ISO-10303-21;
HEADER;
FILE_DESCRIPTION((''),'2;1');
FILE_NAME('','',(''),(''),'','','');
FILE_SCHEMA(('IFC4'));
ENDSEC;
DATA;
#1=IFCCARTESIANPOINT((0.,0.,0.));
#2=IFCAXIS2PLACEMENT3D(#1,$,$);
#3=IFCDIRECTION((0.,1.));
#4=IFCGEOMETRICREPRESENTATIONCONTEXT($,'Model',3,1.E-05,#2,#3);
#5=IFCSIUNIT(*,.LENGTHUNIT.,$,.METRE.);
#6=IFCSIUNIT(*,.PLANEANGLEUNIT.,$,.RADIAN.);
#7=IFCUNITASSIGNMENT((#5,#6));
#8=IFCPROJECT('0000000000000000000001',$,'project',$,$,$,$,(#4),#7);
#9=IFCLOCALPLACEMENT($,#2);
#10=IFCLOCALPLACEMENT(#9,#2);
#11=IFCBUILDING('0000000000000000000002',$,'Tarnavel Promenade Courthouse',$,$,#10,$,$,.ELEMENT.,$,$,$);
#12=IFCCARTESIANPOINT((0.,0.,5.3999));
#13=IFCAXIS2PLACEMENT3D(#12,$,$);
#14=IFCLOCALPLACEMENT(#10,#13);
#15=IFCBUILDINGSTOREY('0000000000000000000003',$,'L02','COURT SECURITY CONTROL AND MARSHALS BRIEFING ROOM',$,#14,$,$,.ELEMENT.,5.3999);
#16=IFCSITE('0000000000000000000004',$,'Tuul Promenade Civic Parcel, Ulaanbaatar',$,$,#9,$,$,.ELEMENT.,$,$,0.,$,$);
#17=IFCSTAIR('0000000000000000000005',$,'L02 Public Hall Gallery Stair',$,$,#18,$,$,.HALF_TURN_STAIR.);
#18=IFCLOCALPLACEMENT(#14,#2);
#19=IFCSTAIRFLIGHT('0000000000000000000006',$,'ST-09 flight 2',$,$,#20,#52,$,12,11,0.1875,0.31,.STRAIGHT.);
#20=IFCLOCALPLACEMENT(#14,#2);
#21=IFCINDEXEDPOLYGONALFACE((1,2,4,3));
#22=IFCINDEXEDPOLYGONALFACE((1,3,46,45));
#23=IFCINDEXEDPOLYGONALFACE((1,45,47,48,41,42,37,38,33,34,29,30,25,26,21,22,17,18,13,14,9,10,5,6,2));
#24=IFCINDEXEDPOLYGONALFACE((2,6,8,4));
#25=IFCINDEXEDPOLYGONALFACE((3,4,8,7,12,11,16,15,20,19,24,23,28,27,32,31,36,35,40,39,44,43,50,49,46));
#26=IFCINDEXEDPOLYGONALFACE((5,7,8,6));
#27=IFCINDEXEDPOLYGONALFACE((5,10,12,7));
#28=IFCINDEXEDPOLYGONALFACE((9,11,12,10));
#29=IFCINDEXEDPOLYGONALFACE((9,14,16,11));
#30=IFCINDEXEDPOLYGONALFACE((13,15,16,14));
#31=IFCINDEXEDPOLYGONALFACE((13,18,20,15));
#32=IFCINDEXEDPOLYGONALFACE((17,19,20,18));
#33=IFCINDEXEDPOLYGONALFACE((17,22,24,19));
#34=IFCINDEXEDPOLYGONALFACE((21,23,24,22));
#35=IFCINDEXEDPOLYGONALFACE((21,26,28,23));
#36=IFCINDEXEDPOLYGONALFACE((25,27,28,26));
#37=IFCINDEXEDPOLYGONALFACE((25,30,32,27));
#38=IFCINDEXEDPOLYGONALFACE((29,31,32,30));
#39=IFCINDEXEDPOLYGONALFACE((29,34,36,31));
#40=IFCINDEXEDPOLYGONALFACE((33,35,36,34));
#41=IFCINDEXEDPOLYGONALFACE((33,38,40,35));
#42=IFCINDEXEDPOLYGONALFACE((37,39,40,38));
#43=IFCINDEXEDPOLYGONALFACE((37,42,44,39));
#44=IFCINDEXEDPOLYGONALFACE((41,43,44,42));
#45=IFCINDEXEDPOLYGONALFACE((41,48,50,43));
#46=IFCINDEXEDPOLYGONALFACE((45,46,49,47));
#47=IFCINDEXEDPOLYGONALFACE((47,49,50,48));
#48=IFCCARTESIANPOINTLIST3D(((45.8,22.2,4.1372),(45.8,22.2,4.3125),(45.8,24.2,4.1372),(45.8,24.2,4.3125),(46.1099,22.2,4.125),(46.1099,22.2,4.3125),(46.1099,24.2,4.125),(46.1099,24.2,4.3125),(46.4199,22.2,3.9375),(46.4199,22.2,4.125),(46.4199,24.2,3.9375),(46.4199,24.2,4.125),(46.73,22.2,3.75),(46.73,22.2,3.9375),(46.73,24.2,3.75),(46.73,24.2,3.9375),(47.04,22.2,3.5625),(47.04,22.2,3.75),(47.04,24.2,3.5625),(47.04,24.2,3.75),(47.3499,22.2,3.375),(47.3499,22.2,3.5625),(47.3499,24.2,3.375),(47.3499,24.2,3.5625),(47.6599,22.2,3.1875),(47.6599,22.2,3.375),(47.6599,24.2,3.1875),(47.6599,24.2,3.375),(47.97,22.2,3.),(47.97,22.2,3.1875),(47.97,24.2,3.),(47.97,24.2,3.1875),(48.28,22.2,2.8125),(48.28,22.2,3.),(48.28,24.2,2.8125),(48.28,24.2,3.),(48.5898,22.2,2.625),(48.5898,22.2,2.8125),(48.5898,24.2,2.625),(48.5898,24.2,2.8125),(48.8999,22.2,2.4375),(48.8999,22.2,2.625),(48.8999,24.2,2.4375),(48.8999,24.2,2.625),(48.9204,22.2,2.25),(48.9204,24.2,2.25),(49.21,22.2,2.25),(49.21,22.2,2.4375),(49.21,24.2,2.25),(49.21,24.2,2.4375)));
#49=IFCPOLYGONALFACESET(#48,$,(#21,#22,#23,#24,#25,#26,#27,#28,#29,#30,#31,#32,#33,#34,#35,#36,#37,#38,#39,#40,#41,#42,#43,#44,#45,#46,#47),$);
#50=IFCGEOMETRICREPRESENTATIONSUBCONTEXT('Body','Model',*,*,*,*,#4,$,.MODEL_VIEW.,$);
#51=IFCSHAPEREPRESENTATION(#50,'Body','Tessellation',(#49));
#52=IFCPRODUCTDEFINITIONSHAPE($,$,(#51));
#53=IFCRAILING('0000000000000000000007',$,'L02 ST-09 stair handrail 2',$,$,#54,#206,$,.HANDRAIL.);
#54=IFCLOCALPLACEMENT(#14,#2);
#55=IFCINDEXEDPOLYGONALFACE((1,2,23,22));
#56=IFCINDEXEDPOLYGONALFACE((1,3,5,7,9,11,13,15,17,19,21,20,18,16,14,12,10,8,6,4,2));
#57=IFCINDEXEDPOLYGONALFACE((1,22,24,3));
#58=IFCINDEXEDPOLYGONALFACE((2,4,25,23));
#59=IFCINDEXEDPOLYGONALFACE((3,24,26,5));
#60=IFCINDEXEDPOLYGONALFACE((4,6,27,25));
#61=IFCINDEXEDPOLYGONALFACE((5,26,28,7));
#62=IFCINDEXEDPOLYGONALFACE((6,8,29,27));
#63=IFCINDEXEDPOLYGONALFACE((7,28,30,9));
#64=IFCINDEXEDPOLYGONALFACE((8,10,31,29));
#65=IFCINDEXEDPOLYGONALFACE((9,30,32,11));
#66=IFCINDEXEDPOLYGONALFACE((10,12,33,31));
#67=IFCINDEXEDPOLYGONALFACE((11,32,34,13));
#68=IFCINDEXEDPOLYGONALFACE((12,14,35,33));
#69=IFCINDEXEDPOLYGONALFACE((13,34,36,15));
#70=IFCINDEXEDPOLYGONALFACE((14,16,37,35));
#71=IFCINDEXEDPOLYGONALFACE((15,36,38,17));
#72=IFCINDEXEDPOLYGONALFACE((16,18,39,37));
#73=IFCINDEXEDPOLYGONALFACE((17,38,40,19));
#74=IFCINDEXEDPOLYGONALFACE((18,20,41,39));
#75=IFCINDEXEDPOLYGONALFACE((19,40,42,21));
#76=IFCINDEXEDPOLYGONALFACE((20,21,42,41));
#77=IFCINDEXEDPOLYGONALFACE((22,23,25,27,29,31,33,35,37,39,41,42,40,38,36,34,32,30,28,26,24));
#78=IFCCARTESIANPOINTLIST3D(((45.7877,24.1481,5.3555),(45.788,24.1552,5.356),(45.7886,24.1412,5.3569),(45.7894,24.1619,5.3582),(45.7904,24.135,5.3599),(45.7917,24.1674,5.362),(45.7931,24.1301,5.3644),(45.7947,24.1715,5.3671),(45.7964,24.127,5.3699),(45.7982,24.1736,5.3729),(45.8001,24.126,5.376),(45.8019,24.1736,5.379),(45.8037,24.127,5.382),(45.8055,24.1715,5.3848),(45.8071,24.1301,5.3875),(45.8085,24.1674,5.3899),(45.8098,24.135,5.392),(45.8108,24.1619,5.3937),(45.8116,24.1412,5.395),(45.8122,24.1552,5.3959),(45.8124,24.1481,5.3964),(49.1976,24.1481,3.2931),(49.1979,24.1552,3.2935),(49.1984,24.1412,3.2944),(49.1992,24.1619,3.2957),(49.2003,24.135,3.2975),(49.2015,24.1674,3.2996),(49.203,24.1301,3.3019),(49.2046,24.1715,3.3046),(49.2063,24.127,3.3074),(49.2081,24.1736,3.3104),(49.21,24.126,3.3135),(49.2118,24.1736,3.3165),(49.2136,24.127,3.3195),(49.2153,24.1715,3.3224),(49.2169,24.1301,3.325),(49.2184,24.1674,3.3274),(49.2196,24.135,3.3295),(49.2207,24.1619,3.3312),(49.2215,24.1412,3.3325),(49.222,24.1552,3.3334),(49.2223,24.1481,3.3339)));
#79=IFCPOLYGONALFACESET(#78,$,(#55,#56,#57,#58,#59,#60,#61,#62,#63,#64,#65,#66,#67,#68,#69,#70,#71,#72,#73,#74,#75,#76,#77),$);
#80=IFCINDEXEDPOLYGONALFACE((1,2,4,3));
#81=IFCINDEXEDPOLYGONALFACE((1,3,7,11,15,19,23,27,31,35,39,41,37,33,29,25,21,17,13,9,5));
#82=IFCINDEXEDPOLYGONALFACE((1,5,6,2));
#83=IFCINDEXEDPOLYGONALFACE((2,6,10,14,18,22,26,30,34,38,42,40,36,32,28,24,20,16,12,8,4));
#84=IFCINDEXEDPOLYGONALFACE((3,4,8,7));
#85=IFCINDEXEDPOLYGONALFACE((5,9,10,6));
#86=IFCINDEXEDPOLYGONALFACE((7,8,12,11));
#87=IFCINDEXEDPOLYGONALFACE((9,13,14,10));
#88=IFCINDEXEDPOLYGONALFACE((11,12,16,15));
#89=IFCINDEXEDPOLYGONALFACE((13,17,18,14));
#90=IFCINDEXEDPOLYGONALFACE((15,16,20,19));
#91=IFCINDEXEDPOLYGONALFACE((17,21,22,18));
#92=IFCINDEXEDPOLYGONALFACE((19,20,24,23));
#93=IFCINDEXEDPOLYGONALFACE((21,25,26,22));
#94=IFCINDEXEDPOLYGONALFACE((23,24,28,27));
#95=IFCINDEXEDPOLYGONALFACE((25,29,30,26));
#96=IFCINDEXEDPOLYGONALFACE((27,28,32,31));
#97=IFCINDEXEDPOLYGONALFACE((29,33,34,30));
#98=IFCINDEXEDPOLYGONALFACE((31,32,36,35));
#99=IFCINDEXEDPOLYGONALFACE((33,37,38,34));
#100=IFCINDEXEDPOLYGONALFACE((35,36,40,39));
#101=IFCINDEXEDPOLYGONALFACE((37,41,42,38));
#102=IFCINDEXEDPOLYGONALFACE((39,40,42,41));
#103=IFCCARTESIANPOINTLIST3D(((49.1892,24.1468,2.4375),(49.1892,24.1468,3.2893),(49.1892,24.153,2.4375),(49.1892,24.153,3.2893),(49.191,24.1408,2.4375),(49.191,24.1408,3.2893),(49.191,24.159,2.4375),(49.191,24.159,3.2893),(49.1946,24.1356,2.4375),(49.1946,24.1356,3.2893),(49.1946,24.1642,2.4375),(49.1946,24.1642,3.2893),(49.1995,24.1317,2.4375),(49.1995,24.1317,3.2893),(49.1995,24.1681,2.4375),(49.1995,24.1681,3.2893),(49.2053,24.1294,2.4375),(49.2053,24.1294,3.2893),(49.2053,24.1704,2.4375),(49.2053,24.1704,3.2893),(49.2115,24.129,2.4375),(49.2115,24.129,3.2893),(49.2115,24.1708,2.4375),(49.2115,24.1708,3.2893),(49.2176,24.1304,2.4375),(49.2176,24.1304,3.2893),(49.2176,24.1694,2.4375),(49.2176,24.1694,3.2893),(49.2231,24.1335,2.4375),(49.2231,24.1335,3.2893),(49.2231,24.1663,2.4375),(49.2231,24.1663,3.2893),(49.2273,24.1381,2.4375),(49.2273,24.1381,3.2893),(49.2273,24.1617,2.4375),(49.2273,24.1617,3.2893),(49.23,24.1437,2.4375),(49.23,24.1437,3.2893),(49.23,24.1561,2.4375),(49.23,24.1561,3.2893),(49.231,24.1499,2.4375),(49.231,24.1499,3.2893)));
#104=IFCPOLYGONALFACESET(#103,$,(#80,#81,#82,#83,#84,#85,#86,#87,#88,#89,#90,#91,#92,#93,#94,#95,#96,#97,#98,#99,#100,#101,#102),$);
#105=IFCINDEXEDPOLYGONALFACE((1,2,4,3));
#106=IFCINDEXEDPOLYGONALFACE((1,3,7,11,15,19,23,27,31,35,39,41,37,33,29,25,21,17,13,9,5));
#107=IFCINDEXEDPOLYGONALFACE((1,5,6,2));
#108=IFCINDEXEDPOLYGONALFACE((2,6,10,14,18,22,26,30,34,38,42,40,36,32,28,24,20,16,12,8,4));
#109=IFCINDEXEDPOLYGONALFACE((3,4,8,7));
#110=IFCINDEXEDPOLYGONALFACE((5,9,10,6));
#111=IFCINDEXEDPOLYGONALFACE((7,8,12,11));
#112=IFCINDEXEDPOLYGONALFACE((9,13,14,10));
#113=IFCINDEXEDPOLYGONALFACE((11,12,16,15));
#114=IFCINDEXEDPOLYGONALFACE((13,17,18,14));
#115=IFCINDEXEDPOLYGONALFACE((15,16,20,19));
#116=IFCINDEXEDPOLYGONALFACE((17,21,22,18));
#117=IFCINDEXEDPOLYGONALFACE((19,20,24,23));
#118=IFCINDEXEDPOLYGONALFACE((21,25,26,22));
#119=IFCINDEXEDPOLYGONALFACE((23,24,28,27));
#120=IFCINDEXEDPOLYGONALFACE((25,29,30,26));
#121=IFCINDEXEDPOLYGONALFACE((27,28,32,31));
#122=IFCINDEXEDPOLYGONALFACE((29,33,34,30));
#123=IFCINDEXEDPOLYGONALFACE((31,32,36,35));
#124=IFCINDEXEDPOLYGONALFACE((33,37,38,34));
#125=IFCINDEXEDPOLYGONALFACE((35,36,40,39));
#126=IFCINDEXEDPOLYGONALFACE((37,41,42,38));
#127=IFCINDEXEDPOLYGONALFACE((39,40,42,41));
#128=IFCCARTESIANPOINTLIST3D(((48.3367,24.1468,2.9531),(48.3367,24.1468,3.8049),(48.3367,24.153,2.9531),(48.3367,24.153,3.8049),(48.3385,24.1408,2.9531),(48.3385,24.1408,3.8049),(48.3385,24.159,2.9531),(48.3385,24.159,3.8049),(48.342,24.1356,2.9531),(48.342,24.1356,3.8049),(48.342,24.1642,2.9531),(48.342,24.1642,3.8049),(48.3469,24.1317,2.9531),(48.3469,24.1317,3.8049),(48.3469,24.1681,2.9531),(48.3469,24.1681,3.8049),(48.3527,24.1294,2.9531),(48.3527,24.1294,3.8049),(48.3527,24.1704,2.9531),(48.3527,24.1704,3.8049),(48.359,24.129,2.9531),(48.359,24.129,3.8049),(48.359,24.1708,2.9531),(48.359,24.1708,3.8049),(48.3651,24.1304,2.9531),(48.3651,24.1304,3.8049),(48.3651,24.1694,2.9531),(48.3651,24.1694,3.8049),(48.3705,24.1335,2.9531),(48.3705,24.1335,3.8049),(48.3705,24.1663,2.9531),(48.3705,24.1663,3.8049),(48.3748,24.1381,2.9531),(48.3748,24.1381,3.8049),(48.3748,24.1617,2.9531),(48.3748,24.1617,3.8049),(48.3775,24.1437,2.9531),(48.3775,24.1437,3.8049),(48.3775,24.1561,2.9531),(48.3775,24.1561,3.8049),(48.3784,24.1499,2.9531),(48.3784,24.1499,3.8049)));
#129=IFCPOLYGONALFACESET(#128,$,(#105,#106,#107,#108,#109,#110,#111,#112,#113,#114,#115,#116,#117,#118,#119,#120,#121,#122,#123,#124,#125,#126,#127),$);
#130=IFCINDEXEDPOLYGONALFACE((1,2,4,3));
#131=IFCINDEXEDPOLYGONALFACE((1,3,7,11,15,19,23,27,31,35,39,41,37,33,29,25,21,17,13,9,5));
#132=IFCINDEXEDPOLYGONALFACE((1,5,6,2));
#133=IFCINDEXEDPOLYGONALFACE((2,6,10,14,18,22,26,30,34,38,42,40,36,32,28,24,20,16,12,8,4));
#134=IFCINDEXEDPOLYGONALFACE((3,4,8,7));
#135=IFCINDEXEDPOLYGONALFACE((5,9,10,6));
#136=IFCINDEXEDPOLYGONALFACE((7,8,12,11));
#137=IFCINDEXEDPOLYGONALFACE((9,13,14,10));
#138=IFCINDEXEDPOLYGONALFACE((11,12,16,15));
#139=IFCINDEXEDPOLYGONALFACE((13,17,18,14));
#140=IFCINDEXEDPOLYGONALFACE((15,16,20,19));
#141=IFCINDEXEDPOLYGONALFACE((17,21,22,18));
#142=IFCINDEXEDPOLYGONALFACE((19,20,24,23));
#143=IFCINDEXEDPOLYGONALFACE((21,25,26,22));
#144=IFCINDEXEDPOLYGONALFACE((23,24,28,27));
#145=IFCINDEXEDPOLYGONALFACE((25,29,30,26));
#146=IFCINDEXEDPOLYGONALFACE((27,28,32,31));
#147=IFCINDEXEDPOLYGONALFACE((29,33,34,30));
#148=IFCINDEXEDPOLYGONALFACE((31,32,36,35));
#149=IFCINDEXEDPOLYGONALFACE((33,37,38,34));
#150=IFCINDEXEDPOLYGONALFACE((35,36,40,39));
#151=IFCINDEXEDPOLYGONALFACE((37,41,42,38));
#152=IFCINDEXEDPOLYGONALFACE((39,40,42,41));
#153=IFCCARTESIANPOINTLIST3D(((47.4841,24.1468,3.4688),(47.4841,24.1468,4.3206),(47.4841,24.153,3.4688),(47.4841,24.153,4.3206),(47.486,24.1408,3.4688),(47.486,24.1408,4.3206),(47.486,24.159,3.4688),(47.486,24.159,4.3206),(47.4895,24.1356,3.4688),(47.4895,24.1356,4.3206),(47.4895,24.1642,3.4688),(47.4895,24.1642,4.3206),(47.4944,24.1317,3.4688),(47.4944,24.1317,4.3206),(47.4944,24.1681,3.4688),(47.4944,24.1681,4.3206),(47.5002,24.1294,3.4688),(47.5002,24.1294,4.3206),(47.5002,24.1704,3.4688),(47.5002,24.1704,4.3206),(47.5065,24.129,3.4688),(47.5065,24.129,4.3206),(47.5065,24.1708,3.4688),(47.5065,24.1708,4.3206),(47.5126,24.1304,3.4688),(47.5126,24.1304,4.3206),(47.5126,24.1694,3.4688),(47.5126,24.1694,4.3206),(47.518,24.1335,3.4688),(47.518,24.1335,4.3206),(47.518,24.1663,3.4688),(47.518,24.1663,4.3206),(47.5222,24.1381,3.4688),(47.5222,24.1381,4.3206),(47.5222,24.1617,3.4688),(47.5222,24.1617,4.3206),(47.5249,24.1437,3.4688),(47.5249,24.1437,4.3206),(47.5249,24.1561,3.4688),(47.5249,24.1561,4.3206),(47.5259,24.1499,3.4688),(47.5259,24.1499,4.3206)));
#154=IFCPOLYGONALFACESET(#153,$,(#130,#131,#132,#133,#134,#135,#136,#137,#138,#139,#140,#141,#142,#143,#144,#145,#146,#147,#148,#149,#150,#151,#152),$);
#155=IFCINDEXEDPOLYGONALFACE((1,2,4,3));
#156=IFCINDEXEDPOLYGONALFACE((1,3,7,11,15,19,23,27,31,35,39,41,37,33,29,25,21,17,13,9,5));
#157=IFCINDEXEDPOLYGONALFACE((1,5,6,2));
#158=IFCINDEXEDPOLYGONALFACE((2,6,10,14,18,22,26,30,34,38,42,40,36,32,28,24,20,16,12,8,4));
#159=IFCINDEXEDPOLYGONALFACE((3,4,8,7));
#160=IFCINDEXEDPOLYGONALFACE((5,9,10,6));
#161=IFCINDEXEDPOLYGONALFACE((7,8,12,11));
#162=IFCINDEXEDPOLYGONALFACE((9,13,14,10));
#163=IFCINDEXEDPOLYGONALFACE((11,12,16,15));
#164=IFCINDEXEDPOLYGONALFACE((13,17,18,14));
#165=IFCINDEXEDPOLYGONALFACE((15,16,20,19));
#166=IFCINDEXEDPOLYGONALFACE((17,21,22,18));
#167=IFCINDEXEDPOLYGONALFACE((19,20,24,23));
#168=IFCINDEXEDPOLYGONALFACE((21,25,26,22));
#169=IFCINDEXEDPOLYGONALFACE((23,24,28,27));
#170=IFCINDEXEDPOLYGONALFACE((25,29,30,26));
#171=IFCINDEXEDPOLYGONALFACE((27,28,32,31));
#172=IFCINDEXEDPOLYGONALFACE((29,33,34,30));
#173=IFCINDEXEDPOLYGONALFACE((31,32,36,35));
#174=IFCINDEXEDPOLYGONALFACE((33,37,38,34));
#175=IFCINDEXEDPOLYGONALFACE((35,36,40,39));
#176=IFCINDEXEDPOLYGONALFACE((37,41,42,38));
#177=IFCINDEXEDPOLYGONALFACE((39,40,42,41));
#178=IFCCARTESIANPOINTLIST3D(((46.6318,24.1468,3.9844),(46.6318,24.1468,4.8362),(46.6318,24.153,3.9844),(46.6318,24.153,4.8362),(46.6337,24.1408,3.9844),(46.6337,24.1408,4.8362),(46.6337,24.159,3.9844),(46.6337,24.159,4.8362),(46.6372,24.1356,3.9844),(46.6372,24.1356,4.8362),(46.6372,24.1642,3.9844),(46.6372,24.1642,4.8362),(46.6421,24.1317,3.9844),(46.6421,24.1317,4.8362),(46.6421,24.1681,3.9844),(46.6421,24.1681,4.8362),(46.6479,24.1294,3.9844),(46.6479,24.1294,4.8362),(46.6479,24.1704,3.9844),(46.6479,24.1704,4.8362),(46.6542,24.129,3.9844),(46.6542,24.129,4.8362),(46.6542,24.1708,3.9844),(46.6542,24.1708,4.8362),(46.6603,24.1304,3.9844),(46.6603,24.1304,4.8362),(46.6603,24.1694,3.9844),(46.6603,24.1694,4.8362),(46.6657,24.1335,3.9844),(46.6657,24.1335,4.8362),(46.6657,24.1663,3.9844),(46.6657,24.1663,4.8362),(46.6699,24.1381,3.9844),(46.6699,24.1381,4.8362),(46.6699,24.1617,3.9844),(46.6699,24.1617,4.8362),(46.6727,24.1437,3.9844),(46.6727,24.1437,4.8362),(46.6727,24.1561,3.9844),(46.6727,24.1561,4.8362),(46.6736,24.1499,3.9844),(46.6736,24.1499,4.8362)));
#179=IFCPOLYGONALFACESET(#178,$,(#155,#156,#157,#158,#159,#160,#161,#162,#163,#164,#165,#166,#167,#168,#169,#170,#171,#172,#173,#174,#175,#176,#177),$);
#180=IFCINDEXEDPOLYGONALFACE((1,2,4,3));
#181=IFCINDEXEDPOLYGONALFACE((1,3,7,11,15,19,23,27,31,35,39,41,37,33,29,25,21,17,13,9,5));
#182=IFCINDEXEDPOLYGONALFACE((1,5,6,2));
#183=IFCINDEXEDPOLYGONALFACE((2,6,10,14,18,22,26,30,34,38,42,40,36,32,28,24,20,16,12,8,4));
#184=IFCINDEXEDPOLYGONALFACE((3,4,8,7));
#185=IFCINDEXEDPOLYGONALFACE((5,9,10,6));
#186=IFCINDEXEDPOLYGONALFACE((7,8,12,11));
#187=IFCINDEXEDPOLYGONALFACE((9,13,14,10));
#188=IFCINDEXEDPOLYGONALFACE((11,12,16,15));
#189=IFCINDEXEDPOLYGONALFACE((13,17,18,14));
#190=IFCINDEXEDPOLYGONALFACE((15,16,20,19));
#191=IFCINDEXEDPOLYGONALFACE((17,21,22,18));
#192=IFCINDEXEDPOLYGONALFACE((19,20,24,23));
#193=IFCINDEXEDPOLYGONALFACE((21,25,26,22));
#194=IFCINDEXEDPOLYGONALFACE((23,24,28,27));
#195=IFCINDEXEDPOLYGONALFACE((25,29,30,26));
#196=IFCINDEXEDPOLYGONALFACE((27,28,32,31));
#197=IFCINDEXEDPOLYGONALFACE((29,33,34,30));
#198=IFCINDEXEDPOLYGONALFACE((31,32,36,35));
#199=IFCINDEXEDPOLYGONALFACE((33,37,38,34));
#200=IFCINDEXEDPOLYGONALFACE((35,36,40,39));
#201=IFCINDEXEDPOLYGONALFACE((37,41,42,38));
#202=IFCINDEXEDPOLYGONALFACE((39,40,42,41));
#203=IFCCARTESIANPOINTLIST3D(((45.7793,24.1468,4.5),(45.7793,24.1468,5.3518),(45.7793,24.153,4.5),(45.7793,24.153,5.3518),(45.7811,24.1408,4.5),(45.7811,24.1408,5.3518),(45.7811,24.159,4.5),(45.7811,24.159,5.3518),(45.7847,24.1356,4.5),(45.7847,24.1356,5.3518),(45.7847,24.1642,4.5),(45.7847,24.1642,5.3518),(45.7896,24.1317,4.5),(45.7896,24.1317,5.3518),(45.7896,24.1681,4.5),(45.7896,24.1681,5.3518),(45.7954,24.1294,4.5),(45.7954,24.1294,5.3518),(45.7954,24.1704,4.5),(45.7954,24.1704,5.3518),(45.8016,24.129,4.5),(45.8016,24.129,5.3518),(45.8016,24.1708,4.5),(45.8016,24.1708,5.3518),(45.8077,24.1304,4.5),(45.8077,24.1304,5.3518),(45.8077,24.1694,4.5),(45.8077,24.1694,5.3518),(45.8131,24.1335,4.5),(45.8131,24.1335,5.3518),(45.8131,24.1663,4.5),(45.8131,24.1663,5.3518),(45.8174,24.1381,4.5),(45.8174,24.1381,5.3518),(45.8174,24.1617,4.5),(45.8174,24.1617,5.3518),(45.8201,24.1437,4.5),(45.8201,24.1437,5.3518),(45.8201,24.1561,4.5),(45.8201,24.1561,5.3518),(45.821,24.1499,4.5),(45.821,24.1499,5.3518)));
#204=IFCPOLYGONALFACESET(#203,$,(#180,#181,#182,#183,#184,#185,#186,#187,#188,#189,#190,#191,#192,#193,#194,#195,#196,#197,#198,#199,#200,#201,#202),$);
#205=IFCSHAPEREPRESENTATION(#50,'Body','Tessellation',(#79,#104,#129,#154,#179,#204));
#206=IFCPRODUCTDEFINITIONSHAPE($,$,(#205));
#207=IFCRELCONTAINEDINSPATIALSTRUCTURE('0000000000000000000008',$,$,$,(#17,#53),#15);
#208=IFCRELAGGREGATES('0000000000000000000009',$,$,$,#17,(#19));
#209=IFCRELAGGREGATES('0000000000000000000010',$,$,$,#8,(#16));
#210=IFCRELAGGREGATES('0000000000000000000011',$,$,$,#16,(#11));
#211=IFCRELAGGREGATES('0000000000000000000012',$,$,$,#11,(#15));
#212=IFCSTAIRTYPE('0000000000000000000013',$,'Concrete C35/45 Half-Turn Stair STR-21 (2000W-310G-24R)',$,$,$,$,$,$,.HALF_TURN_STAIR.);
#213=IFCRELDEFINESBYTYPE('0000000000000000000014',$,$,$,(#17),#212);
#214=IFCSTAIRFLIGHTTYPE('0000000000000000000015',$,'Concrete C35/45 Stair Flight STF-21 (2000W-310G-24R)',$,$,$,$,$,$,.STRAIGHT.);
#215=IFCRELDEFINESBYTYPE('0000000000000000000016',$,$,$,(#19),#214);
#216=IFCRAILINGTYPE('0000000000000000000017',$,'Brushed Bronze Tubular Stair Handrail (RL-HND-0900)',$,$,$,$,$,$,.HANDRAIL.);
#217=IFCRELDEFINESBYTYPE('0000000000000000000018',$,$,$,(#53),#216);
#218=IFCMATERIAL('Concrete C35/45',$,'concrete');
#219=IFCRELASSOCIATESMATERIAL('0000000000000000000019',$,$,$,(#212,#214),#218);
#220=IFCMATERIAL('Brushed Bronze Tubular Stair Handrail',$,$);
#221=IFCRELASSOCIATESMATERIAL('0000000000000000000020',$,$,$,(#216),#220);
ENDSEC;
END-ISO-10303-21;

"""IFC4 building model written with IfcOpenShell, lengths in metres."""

from ifc_helpers import new_model, si_unit, direction, frame, origin, origin_2d, place, context, subcontext, project, spatial, polyline, circle, outline, extrude, material, type_object, element, aggregate, save


model = new_model("IFC4")

# Units and contexts
model_context = context("Model", 3, precision=1e-05, world=origin(), true_north=direction((0.0, 1.0)))
body_context = subcontext(model_context, "Body", "Model", "MODEL_VIEW")
ifc_project = project(units=[si_unit("LENGTHUNIT", "METRE"), si_unit("PLANEANGLEUNIT", "RADIAN")], contexts=[model_context])

# Site, building, storey
site_placement = place(None, origin())
site = spatial("IfcSite", under=ifc_project, at=site_placement, Name="Tuul Promenade Civic Parcel, Ulaanbaatar", CompositionType="ELEMENT", RefElevation=0.0)
building_placement = place(site_placement, origin())
building = spatial("IfcBuilding", under=site, at=building_placement, Name="Tarnavel Promenade Courthouse", CompositionType="ELEMENT")
storey_placement = place(building_placement, frame((0.0, 0.0, 5.3999)))
storey = spatial("IfcBuildingStorey", under=building, at=storey_placement, Name="L02", Description="COURT SECURITY CONTROL AND MARSHALS BRIEFING ROOM", CompositionType="ELEMENT", Elevation=5.3999)

# Stair, stair flight
ifc_material_1 = material(Name="Concrete C35/45", Category="concrete")
stair_type = type_object("IfcStairType", Name="Concrete C35/45 Half-Turn Stair STR-21 (2000W-310G-24R)", PredefinedType="HALF_TURN_STAIR", material=ifc_material_1)
stair_placement = place(storey_placement, origin())
stair = element("IfcStair", 1, at=stair_placement, inside=storey, type_object=stair_type, Name="L02 Public Hall Gallery Stair", PredefinedType="HALF_TURN_STAIR")
stair_flight_type = type_object("IfcStairFlightType", Name="Concrete C35/45 Stair Flight STF-21 (2000W-310G-24R)", PredefinedType="STRAIGHT", material=ifc_material_1)
stair_flight_placement = place(storey_placement, frame((49.21, 23.2, 2.25), z_axis=(0.0, 0.0, 1.0), x_axis=(-1.0, 0.0, 0.0)))
stair_flight = element("IfcStairFlight", 2, at=stair_flight_placement, type_object=stair_flight_type, Name="ST-09 flight 2", NumberOfRisers=12, NumberOfTreads=11, PredefinedType="STRAIGHT", RiserHeight=0.1875, TreadLength=0.31, context=body_context, shape_type="SweptSolid", body=[
    extrude(outline(polyline([(0.0, 0.0), (0.0, 0.1875), (0.3101, 0.1875), (0.3101, 0.375), (0.6201, 0.375), (0.6201, 0.5625), (0.9299, 0.5625), (0.9299, 0.75), (1.24, 0.75), (1.24, 0.9375), (1.55, 0.9375), (1.55, 1.125), (1.8601, 1.125), (1.8601, 1.3125), (2.1699, 1.3125), (2.1699, 1.5), (2.48, 1.5), (2.48, 1.6875), (2.79, 1.6875), (2.79, 1.875), (3.1001, 1.875), (3.1001, 2.0625), (3.4099, 2.0625), (3.4099, 2.25), (3.4099, 1.8872), (0.2896, 0.0), (0.0, 0.0)])), frame((0.0, 1.0, 0.0), z_axis=(0.0, -1.0, 0.0), x_axis=(1.0, 0.0, 0.0)), (0.0, 0.0, 1.0), 2.0),
])
aggregate(stair, [stair_flight])

# Railing
ifc_material_2 = material(Name="Brushed Bronze Tubular Stair Handrail")
railing_type_1 = type_object("IfcRailingType", Name="Brushed Bronze Tubular Stair Handrail (RL-HND-0900)", PredefinedType="HANDRAIL", material=ifc_material_2)
railing_1_placement = place(storey_placement, frame((49.21, 24.1499, 2.4375)))
element("IfcRailing", 3, at=railing_1_placement, inside=storey, type_object=railing_type_1, Name="L02 ST-09 stair handrail 2", PredefinedType="HANDRAIL", context=body_context, shape_type="SweptSolid", body=[
    extrude(circle(Radius=0.0239, at=origin_2d()), frame((0.0, 0.0, 0.876), z_axis=(-0.855655, 0.0, 0.517547), x_axis=(0.0, -1.0, 0.0)), (0.0, 0.0, 1.0), 3.9851),
    extrude(circle(Radius=0.021, at=origin_2d()), origin(), (0.0, 0.0, 1.0), 0.8518),
    extrude(circle(Radius=0.021, at=origin_2d()), frame((-0.8525, 0.0, 0.5156)), (0.0, 0.0, 1.0), 0.8518),
    extrude(circle(Radius=0.021, at=origin_2d()), frame((-1.7051, 0.0, 1.0312)), (0.0, 0.0, 1.0), 0.8518),
    extrude(circle(Radius=0.021, at=origin_2d()), frame((-2.5574, 0.0, 1.5469)), (0.0, 0.0, 1.0), 0.8518),
    extrude(circle(Radius=0.021, at=origin_2d()), frame((-3.4099, 0.0, 2.0625)), (0.0, 0.0, 1.0), 0.8518),
])

save(model, "model.ifc")
